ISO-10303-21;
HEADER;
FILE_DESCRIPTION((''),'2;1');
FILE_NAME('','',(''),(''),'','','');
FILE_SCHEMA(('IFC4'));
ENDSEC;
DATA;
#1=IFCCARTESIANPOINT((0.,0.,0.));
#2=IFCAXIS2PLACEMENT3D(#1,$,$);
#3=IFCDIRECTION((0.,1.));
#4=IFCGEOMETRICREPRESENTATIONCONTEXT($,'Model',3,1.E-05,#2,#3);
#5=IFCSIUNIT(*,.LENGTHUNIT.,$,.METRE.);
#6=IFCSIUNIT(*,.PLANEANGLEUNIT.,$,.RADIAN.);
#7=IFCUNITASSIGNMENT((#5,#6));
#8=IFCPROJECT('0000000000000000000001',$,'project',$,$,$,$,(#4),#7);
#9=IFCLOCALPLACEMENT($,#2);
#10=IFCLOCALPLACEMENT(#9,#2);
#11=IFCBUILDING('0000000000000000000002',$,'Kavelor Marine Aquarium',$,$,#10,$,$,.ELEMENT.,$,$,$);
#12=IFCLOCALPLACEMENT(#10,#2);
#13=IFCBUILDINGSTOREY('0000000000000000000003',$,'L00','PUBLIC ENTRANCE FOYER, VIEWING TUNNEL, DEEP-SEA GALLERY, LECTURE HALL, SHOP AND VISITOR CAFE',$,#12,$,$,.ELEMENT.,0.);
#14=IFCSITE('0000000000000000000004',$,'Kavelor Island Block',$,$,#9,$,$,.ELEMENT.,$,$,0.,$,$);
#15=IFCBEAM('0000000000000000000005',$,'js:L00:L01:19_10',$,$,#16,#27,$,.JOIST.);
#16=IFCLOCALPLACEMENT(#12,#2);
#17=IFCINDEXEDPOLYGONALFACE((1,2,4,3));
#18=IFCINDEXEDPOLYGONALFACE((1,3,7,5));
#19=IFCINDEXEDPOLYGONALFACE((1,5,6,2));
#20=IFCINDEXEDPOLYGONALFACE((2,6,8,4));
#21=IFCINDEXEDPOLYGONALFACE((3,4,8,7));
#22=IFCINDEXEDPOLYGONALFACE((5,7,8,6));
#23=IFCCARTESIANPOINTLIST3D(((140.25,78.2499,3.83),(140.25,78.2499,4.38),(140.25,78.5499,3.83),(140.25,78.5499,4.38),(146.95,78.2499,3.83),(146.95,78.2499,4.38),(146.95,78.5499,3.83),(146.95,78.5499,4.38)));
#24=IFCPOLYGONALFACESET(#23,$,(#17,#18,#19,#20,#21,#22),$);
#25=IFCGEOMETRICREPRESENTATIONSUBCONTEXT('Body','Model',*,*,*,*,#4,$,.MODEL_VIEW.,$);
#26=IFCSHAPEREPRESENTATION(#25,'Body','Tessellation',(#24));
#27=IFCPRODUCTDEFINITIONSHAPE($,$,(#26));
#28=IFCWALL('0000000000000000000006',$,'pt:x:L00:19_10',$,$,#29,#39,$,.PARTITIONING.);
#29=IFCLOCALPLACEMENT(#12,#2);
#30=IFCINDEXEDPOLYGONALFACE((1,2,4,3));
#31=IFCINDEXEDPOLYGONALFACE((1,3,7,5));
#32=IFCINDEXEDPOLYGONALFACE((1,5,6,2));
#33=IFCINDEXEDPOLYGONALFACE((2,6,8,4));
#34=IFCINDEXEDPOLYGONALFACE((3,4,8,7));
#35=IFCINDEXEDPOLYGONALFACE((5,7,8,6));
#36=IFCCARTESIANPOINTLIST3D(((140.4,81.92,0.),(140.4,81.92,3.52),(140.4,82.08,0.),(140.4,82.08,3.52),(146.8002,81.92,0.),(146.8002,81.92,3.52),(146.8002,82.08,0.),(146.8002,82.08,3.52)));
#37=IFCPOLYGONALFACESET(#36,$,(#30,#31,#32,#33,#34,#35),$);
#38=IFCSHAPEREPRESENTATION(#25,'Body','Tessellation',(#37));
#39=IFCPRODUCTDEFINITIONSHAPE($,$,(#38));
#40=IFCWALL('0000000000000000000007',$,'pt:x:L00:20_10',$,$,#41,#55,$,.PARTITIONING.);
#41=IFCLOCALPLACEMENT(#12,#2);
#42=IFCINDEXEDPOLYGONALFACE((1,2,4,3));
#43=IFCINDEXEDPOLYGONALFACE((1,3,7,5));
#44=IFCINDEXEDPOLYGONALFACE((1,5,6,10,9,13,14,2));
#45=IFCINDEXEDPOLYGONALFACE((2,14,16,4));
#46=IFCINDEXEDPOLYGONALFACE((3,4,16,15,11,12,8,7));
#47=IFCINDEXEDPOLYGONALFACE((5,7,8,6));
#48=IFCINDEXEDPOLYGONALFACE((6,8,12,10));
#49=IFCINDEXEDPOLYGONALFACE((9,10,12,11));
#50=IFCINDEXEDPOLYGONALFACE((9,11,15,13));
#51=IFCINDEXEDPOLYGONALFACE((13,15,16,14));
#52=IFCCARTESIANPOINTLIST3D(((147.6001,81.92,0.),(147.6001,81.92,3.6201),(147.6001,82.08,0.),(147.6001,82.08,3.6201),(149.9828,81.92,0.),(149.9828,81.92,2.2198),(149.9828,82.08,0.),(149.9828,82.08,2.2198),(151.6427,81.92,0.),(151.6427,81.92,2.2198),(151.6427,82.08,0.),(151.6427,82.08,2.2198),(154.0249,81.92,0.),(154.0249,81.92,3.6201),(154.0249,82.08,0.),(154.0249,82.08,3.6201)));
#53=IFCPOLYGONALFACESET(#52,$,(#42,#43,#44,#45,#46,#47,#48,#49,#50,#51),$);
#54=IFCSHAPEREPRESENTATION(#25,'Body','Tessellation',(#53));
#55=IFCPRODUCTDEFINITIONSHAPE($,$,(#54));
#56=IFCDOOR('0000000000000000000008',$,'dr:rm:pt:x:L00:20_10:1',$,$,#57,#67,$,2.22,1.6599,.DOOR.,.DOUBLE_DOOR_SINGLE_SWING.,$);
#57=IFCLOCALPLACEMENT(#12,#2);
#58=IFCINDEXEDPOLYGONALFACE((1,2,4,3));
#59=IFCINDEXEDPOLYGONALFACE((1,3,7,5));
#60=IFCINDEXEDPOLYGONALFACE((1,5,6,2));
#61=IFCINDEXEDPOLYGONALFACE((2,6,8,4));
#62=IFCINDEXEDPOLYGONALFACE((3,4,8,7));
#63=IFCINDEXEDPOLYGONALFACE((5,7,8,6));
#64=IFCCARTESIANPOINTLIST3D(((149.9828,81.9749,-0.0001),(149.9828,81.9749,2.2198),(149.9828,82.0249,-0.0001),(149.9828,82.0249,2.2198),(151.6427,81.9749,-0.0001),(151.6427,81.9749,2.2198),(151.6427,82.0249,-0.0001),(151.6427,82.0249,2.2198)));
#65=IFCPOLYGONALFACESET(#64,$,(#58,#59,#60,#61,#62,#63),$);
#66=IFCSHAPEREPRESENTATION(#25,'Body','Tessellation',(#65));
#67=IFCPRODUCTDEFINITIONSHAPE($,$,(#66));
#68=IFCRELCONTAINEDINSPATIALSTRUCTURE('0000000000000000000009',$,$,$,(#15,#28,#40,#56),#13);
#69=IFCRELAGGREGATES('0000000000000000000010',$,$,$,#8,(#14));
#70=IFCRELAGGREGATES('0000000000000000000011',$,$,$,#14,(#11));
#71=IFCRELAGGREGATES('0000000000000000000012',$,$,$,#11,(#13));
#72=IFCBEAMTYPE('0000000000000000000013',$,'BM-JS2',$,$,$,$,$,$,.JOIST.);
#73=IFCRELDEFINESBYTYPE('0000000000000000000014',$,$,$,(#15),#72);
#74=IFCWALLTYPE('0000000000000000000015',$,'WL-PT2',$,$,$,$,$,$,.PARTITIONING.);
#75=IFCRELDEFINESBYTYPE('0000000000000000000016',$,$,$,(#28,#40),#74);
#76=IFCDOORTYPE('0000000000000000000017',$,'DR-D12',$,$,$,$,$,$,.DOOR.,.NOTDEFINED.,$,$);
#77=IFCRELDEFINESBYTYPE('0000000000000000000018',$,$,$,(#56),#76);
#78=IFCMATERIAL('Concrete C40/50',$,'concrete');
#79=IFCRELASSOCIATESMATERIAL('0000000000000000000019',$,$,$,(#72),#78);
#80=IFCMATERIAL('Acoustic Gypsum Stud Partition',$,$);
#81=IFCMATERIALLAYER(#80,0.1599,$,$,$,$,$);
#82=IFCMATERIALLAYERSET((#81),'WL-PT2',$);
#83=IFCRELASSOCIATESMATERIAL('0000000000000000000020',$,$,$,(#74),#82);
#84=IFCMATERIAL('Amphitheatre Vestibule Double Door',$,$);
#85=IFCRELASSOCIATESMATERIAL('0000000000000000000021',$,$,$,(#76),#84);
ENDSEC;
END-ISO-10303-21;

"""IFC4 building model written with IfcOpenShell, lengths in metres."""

from ifc_helpers import new_model, si_unit, direction, frame, frame_2d, origin, origin_2d, place, context, subcontext, project, spatial, rectangle, extrude, material, layer, layer_set, material_profile, profile_set, type_object, element, fill, save


model = new_model("IFC4")

# Units and contexts
model_context = context("Model", 3, precision=1e-05, world=origin(), true_north=direction((0.0, 1.0)))
body_context = subcontext(model_context, "Body", "Model", "MODEL_VIEW")
ifc_project = project(units=[si_unit("LENGTHUNIT", "METRE"), si_unit("PLANEANGLEUNIT", "RADIAN")], contexts=[model_context])

# Site, building, storey
site_placement = place(None, origin())
site = spatial("IfcSite", under=ifc_project, at=site_placement, Name="Kavelor Island Block", CompositionType="ELEMENT", RefElevation=0.0)
building_placement = place(site_placement, origin())
building = spatial("IfcBuilding", under=site, at=building_placement, Name="Kavelor Marine Aquarium", CompositionType="ELEMENT")
storey_placement = place(building_placement, origin())
storey = spatial("IfcBuildingStorey", under=building, at=storey_placement, Name="L00", Description="PUBLIC ENTRANCE FOYER, VIEWING TUNNEL, DEEP-SEA GALLERY, LECTURE HALL, SHOP AND VISITOR CAFE", CompositionType="ELEMENT", Elevation=0.0)

# Beam
ifc_material_1 = material(Name="Concrete C40/50", Category="concrete")
ifc_material_profile_1 = material_profile(ifc_material_1, rectangle(XDim=0.3, YDim=0.55, at=origin_2d()), Name="RC-JS 300x550")
ifc_profile_set_1 = profile_set([ifc_material_profile_1], Name="Concrete C40/50")
beam_type_1 = type_object("IfcBeamType", Name="BM-JS2", PredefinedType="JOIST", material=ifc_profile_set_1)
beam_1_placement = place(storey_placement, frame((140.25, 78.3999, 4.105), z_axis=(1.0, 0.0, 0.0), x_axis=(0.0, 1.0, 0.0)))
element("IfcBeam", 1, at=beam_1_placement, inside=storey, type_object=beam_type_1, Name="js:L00:L01:19_10", PredefinedType="JOIST", context=body_context, shape_type="SweptSolid", body=[
    extrude(rectangle(XDim=0.3, YDim=0.55, at=origin_2d()), origin(), (0.0, 0.0, 1.0), 6.7),
])

# Wall
ifc_material_2 = material(Name="Acoustic Gypsum Stud Partition")
ifc_layer = layer(ifc_material_2, 0.1599)
ifc_layer_set = layer_set([ifc_layer], Name="WL-PT2")
wall_type = type_object("IfcWallType", Name="WL-PT2", PredefinedType="PARTITIONING", material=ifc_layer_set)
wall_1_placement = place(storey_placement, frame((140.3999, 82.0, 0.0), z_axis=(0.0, 0.0, 1.0), x_axis=(1.0, 0.0, 0.0)))
element("IfcWall", 2, at=wall_1_placement, inside=storey, type_object=wall_type, Name="pt:x:L00:19_10", PredefinedType="PARTITIONING", context=body_context, shape_type="SweptSolid", body=[
    extrude(rectangle(XDim=6.4001, YDim=0.1599, at=frame_2d((3.2002, 0.0))), origin(), (0.0, 0.0, 1.0), 3.52),
])

# Wall, opening, door
wall_2_placement = place(storey_placement, frame((147.6001, 82.0, 0.0), z_axis=(0.0, 0.0, 1.0), x_axis=(1.0, 0.0, 0.0)))
wall_2 = element("IfcWall", 3, at=wall_2_placement, inside=storey, type_object=wall_type, Name="pt:x:L00:20_10", PredefinedType="PARTITIONING", context=body_context, shape_type="SweptSolid", body=[
    extrude(rectangle(XDim=6.4248, YDim=0.1599, at=frame_2d((3.2124, 0.0))), origin(), (0.0, 0.0, 1.0), 3.6201),
])
opening_placement = place(wall_2_placement, frame((2.3826, 0.0, 0.0)))
opening = element("IfcOpeningElement", 4, at=opening_placement, cuts=wall_2, PredefinedType="OPENING", context=body_context, shape_type="SweptSolid", body=[
    extrude(rectangle(XDim=1.6599, YDim=2.22, at=frame_2d((0.8301, 1.1099))), frame((0.0, 0.0898, 0.0), z_axis=(0.0, -1.0, 0.0), x_axis=(1.0, 0.0, 0.0)), (0.0, 0.0, 1.0), 0.1799),
])
ifc_material_3 = material(Name="Amphitheatre Vestibule Double Door")
door_type = type_object("IfcDoorType", Name="DR-D12", OperationType="NOTDEFINED", PredefinedType="DOOR", material=ifc_material_3)
door_placement = place(opening_placement, origin())
door = element("IfcDoor", 5, at=door_placement, inside=storey, type_object=door_type, Name="dr:rm:pt:x:L00:20_10:1", OperationType="DOUBLE_DOOR_SINGLE_SWING", OverallHeight=2.22, OverallWidth=1.6599, PredefinedType="DOOR", context=body_context, shape_type="SweptSolid", body=[
    extrude(rectangle(XDim=1.6599, YDim=2.22, at=frame_2d((0.8301, 1.1099))), frame((0.0, 0.0249, 0.0), z_axis=(0.0, -1.0, 0.0), x_axis=(1.0, 0.0, 0.0)), (0.0, 0.0, 1.0), 0.05),
])
fill(opening, door)

save(model, "model.ifc")
